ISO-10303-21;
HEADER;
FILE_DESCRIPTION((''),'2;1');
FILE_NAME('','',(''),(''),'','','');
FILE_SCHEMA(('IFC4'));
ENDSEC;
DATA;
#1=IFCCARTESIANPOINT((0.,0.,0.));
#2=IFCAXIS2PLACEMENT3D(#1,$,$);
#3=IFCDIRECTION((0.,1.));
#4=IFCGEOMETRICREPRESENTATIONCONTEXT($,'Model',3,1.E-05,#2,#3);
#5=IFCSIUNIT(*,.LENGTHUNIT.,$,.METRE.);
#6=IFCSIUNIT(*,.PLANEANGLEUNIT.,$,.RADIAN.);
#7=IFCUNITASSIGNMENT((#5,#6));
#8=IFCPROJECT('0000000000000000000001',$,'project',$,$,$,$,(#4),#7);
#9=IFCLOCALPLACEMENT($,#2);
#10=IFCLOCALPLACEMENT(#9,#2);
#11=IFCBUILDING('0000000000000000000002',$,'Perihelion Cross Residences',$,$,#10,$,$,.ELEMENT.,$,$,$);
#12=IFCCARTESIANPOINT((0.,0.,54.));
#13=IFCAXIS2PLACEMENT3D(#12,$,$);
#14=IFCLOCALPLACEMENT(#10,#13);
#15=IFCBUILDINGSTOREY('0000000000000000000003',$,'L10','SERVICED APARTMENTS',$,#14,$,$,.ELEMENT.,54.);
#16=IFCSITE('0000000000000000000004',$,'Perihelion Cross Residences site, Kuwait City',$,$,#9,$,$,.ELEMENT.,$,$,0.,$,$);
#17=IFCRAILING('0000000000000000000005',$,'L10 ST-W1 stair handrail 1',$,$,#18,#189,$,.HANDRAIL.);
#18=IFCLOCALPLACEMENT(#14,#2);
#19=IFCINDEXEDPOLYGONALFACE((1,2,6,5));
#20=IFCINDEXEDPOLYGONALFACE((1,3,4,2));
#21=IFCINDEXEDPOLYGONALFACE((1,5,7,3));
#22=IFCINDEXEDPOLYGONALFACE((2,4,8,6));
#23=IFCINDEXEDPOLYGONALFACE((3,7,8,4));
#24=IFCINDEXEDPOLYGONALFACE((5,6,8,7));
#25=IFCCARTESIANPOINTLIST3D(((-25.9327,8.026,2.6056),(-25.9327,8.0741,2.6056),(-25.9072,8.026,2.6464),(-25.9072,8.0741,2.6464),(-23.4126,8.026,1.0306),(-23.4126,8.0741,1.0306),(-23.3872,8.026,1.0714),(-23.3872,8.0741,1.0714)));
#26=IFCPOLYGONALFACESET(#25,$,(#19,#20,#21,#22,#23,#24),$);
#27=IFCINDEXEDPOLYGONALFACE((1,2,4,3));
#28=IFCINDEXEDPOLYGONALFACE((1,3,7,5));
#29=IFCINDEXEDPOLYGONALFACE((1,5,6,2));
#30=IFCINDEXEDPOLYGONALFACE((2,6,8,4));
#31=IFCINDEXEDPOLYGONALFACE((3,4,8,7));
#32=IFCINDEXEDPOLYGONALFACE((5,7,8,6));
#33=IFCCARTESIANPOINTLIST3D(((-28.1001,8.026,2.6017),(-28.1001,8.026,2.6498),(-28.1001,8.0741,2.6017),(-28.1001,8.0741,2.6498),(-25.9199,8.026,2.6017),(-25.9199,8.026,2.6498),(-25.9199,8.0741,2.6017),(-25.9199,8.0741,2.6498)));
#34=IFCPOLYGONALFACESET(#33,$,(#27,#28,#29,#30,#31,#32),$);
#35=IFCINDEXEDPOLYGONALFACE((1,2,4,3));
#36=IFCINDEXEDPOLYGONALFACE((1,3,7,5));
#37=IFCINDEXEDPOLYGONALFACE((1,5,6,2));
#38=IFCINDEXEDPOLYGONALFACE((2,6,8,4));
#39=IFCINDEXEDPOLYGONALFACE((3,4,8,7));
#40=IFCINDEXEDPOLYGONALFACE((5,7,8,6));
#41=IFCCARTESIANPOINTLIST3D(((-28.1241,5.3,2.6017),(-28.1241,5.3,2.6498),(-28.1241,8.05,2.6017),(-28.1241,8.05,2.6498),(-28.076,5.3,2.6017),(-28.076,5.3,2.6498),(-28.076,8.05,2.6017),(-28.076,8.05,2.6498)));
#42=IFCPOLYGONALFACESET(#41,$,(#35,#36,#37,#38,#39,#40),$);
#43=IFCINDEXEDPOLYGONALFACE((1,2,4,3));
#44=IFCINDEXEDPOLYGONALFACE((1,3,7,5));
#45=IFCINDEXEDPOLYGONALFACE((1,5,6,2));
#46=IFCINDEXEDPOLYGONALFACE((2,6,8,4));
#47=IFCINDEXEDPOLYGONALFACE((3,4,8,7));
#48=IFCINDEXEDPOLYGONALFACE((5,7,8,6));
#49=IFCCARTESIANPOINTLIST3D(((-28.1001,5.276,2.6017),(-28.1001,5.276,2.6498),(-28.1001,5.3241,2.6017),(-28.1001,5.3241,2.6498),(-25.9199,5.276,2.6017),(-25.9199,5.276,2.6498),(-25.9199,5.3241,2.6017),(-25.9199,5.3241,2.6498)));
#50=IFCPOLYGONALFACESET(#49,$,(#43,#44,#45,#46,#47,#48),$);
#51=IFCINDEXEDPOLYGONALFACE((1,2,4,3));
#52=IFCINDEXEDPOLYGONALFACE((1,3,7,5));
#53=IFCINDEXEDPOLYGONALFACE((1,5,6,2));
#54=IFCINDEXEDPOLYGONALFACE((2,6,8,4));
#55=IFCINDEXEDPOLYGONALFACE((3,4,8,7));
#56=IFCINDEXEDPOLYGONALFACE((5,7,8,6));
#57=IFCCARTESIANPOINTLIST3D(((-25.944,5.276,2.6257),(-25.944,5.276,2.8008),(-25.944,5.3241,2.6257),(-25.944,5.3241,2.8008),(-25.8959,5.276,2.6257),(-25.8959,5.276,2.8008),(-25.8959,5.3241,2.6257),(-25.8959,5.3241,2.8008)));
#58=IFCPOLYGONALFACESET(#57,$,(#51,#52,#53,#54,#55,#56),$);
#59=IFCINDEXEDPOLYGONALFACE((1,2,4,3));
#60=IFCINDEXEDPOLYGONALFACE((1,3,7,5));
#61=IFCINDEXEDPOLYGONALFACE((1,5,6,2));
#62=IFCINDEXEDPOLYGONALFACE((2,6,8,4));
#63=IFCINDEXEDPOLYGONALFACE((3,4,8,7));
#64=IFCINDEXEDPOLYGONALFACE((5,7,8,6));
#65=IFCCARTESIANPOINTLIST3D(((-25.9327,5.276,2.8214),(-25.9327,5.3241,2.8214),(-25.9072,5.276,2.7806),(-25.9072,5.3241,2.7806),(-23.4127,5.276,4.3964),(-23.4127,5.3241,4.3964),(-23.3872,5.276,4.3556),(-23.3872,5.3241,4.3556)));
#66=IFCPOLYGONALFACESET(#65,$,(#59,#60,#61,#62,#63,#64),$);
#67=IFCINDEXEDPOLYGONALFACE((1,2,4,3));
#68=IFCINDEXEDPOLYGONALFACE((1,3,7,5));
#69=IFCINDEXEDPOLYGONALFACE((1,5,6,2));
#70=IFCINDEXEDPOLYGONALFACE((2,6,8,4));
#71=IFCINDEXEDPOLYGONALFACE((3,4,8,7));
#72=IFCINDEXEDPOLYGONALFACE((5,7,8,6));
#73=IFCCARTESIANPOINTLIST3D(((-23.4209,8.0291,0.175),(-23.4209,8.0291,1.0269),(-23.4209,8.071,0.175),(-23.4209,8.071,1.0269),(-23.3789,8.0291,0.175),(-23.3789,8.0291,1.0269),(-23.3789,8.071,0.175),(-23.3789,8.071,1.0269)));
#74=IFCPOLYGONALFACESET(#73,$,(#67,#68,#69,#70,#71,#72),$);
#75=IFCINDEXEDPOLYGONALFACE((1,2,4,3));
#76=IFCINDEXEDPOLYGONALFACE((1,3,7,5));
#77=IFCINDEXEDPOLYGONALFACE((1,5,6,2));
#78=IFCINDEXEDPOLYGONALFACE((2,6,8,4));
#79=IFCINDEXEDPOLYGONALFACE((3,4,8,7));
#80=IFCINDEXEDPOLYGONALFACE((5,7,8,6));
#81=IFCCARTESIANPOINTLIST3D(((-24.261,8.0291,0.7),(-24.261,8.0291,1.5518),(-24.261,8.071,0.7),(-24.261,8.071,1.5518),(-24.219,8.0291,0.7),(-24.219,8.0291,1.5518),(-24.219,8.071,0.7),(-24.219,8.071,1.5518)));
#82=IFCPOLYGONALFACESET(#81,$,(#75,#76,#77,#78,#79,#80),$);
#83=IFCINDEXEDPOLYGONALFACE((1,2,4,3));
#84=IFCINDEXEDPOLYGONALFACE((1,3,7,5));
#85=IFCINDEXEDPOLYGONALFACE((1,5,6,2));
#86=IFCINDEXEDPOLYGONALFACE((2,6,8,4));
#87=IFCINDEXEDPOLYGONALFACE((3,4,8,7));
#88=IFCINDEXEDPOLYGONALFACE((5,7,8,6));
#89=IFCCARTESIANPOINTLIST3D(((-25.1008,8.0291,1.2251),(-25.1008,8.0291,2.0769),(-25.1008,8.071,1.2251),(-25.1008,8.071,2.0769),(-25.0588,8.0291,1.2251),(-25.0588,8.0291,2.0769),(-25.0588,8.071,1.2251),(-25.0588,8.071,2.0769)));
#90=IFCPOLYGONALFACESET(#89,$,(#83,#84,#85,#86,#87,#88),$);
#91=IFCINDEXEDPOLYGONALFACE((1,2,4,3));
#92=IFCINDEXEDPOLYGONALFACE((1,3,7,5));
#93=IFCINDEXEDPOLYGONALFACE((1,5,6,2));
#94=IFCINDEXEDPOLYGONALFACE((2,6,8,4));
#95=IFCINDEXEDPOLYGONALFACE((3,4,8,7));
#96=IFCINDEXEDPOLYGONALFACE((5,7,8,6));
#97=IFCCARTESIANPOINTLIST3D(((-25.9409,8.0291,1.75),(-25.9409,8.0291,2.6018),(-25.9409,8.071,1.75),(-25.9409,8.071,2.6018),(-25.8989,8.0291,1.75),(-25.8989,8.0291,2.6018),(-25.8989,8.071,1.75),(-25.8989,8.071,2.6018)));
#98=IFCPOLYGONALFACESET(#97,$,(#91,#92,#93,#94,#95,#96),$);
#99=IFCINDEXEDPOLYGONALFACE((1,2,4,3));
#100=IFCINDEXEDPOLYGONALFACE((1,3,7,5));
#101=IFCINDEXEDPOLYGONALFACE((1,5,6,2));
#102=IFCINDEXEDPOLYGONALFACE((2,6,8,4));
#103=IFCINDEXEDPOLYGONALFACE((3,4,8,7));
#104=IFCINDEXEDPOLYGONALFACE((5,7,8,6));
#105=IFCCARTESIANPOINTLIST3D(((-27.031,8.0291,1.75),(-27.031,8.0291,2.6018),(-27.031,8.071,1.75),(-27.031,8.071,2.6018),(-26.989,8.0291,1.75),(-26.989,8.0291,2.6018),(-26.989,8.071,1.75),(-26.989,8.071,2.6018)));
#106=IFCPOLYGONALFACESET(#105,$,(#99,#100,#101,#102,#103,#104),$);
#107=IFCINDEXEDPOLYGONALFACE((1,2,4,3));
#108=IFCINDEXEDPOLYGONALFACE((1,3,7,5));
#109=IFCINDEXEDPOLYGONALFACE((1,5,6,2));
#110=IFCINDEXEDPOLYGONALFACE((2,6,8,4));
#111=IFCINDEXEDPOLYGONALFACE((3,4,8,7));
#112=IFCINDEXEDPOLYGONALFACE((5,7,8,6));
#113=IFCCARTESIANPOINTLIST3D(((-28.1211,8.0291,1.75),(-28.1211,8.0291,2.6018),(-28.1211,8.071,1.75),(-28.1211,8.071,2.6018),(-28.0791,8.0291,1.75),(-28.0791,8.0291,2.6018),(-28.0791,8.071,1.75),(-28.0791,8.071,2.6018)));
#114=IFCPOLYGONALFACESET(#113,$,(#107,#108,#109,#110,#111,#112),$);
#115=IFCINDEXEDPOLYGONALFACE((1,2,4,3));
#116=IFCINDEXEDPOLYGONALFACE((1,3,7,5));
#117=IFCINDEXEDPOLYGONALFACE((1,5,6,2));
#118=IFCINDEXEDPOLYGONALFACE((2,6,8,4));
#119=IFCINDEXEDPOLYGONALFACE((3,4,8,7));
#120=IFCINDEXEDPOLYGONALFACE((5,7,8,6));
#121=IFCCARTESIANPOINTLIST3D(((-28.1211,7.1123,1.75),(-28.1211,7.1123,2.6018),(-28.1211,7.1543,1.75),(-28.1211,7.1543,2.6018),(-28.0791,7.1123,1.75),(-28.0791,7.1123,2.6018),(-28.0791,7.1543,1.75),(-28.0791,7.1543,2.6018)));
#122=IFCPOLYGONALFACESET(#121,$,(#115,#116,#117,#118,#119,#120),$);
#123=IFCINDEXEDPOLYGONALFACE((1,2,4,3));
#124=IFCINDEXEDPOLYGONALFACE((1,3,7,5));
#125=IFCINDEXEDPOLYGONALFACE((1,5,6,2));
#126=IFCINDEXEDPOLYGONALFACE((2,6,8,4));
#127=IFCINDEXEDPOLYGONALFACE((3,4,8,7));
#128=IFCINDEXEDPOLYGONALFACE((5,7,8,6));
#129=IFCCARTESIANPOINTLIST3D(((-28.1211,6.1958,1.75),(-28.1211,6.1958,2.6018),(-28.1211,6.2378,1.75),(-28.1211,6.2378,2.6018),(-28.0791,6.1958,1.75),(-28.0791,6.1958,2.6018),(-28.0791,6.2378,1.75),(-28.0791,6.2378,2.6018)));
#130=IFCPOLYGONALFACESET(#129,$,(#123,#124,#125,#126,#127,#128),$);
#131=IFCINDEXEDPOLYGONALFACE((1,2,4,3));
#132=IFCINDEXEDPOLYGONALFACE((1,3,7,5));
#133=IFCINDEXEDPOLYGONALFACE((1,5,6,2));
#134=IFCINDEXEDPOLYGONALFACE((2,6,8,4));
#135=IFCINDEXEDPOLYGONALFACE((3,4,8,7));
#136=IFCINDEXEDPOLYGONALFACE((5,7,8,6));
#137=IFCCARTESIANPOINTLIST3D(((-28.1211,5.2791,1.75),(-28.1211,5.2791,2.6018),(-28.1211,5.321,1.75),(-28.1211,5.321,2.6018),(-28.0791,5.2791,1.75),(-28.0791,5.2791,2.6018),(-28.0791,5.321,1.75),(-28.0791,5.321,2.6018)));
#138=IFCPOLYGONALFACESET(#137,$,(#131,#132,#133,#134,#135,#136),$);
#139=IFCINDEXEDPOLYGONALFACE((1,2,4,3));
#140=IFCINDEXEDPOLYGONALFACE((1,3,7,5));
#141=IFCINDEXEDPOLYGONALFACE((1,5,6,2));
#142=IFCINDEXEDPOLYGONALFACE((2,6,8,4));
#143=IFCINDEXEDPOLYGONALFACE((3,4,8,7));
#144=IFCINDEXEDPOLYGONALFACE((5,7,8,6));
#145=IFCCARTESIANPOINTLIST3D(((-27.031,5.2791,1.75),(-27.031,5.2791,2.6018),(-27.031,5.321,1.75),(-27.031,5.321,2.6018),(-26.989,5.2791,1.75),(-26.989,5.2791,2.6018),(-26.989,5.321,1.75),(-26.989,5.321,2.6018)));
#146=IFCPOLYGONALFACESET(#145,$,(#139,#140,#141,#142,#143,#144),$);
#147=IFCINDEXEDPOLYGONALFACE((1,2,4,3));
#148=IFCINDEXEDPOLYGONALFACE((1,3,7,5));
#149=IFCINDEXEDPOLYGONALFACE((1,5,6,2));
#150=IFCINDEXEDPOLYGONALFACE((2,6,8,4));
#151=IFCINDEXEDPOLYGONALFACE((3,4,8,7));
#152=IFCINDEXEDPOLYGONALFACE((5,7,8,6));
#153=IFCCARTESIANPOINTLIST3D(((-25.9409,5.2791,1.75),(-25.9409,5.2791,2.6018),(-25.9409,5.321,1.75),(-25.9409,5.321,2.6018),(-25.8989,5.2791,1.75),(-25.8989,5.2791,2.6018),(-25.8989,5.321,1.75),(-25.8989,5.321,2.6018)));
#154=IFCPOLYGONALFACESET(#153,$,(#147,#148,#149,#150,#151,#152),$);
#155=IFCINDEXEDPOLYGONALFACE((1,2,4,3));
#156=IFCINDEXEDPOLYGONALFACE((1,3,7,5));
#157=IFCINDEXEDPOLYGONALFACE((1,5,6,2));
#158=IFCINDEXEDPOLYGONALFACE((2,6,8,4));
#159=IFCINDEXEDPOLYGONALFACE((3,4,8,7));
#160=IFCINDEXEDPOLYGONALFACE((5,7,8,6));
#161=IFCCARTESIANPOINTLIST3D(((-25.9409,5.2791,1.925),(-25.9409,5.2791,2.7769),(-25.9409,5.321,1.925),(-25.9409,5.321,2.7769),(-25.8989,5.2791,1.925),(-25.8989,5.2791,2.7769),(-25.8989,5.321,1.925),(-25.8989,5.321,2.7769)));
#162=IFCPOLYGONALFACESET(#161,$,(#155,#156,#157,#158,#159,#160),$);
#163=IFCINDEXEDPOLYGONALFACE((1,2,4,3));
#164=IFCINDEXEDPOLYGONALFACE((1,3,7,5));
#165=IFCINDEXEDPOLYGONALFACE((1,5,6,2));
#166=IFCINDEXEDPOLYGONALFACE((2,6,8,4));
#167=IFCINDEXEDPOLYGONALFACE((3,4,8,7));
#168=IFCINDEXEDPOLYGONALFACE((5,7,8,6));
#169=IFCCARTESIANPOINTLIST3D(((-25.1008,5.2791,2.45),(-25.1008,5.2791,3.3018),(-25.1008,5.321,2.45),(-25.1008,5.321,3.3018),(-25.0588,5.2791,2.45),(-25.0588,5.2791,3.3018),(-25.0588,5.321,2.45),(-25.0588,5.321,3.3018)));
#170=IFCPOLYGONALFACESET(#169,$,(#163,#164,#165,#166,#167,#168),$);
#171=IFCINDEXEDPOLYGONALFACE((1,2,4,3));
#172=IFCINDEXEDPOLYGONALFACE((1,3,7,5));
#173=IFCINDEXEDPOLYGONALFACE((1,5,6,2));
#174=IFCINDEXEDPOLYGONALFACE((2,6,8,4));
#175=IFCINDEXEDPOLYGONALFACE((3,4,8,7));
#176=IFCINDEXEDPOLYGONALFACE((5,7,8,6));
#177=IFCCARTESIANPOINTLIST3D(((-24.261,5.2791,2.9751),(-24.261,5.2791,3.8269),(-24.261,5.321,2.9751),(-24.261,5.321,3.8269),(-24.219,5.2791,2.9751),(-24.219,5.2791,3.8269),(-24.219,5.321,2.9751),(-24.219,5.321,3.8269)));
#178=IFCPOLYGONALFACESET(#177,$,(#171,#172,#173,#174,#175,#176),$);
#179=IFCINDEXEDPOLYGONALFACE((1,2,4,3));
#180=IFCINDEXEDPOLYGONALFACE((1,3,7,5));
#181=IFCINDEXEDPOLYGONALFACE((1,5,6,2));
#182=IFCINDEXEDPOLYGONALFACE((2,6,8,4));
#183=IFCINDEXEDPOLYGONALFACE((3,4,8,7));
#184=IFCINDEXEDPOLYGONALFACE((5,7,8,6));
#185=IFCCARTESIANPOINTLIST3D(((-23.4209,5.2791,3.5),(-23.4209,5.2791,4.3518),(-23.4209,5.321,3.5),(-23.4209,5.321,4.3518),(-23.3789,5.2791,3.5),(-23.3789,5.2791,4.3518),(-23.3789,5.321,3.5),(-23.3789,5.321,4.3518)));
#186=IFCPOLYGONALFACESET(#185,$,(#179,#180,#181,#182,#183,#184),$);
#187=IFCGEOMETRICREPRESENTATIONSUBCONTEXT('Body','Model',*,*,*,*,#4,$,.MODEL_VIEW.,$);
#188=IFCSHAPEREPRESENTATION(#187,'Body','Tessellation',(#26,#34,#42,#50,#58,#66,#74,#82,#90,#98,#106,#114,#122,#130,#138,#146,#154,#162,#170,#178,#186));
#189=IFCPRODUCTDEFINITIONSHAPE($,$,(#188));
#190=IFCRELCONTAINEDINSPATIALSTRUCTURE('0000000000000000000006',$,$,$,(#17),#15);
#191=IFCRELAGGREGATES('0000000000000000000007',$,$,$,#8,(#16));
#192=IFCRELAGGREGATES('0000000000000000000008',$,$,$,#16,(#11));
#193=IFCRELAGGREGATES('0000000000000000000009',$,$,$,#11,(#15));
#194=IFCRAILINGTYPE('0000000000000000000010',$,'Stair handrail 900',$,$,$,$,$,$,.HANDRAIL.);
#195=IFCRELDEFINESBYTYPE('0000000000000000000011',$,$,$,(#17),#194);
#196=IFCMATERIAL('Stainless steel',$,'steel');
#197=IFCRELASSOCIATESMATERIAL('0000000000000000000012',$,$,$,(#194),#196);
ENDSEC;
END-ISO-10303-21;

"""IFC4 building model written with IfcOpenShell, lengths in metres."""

from ifc_helpers import new_model, si_unit, direction, frame, origin, origin_2d, place, context, subcontext, project, spatial, rectangle, extrude, material, type_object, element, save


model = new_model("IFC4")

# Units and contexts
model_context = context("Model", 3, precision=1e-05, world=origin(), true_north=direction((0.0, 1.0)))
body_context = subcontext(model_context, "Body", "Model", "MODEL_VIEW")
ifc_project = project(units=[si_unit("LENGTHUNIT", "METRE"), si_unit("PLANEANGLEUNIT", "RADIAN")], contexts=[model_context])

# Site, building, storey
site_placement = place(None, origin())
site = spatial("IfcSite", under=ifc_project, at=site_placement, Name="Perihelion Cross Residences site, Kuwait City", CompositionType="ELEMENT", RefElevation=0.0)
building_placement = place(site_placement, origin())
building = spatial("IfcBuilding", under=site, at=building_placement, Name="Perihelion Cross Residences", CompositionType="ELEMENT")
storey_placement = place(building_placement, frame((0.0, 0.0, 54.0)))
storey = spatial("IfcBuildingStorey", under=building, at=storey_placement, Name="L10", Description="SERVICED APARTMENTS", CompositionType="ELEMENT", Elevation=54.0)

# Railing
ifc_material_1 = material(Name="Stainless steel", Category="steel")
railing_type_1 = type_object("IfcRailingType", Name="Stair handrail 900", PredefinedType="HANDRAIL", material=ifc_material_1)
railing_1_placement = place(storey_placement, frame((-23.3999, 8.05, 0.175)))
element("IfcRailing", 1, at=railing_1_placement, inside=storey, type_object=railing_type_1, Name="L10 ST-W1 stair handrail 1", PredefinedType="HANDRAIL", context=body_context, shape_type="SweptSolid", body=[
    extrude(rectangle(XDim=0.0481, YDim=0.0481, at=origin_2d()), frame((0.0, 0.0, 0.876), z_axis=(-0.848008, 0.0, 0.529984), x_axis=(0.0, -1.0, 0.0)), (0.0, 0.0, 1.0), 2.9717),
    extrude(rectangle(XDim=0.0481, YDim=0.0481, at=origin_2d()), frame((-2.52, 0.0, 2.4507), z_axis=(-1.0, 0.0, 0.0), x_axis=(0.0, -1.0, 0.0)), (0.0, 0.0, 1.0), 2.1802),
    extrude(rectangle(XDim=0.0481, YDim=0.0481, at=origin_2d()), frame((-4.7002, 0.0, 2.4507), z_axis=(0.0, -1.0, 0.0), x_axis=(1.0, 0.0, 0.0)), (0.0, 0.0, 1.0), 2.75),
    extrude(rectangle(XDim=0.0481, YDim=0.0481, at=origin_2d()), frame((-4.7002, -2.75, 2.4507), z_axis=(1.0, 0.0, 0.0), x_axis=(0.0, 1.0, 0.0)), (0.0, 0.0, 1.0), 2.1802),
    extrude(rectangle(XDim=0.0481, YDim=0.0481, at=origin_2d()), frame((-2.52, -2.75, 2.4507), z_axis=(0.0, 0.0, 1.0), x_axis=(1.0, 0.0, 0.0)), (0.0, 0.0, 1.0), 0.175),
    extrude(rectangle(XDim=0.0481, YDim=0.0481, at=origin_2d()), frame((-2.52, -2.75, 2.626), z_axis=(0.848008, 0.0, 0.529984), x_axis=(0.0, 1.0, 0.0)), (0.0, 0.0, 1.0), 2.9717),
    extrude(rectangle(XDim=0.042, YDim=0.042, at=origin_2d()), origin(), (0.0, 0.0, 1.0), 0.8518),
    extrude(rectangle(XDim=0.042, YDim=0.042, at=origin_2d()), frame((-0.8401, 0.0, 0.5249)), (0.0, 0.0, 1.0), 0.8518),
    extrude(rectangle(XDim=0.042, YDim=0.042, at=origin_2d()), frame((-1.6799, 0.0, 1.05)), (0.0, 0.0, 1.0), 0.8518),
    extrude(rectangle(XDim=0.042, YDim=0.042, at=origin_2d()), frame((-2.52, 0.0, 1.575)), (0.0, 0.0, 1.0), 0.8518),
    extrude(rectangle(XDim=0.042, YDim=0.042, at=origin_2d()), frame((-3.6101, 0.0, 1.575)), (0.0, 0.0, 1.0), 0.8518),
    extrude(rectangle(XDim=0.042, YDim=0.042, at=origin_2d()), frame((-4.7002, 0.0, 1.575)), (0.0, 0.0, 1.0), 0.8518),
    extrude(rectangle(XDim=0.042, YDim=0.042, at=origin_2d()), frame((-4.7002, -0.9167, 1.575)), (0.0, 0.0, 1.0), 0.8518),
    extrude(rectangle(XDim=0.042, YDim=0.042, at=origin_2d()), frame((-4.7002, -1.8333, 1.575)), (0.0, 0.0, 1.0), 0.8518),
    extrude(rectangle(XDim=0.042, YDim=0.042, at=origin_2d()), frame((-4.7002, -2.75, 1.575)), (0.0, 0.0, 1.0), 0.8518),
    extrude(rectangle(XDim=0.042, YDim=0.042, at=origin_2d()), frame((-3.6101, -2.75, 1.575)), (0.0, 0.0, 1.0), 0.8518),
    extrude(rectangle(XDim=0.042, YDim=0.042, at=origin_2d()), frame((-2.52, -2.75, 1.575)), (0.0, 0.0, 1.0), 0.8518),
    extrude(rectangle(XDim=0.042, YDim=0.042, at=origin_2d()), frame((-2.52, -2.75, 1.75)), (0.0, 0.0, 1.0), 0.8518),
    extrude(rectangle(XDim=0.042, YDim=0.042, at=origin_2d()), frame((-1.6799, -2.75, 2.2749)), (0.0, 0.0, 1.0), 0.8518),
    extrude(rectangle(XDim=0.042, YDim=0.042, at=origin_2d()), frame((-0.8401, -2.75, 2.8)), (0.0, 0.0, 1.0), 0.8518),
    extrude(rectangle(XDim=0.042, YDim=0.042, at=origin_2d()), frame((0.0, -2.75, 3.325)), (0.0, 0.0, 1.0), 0.8518),
])

save(model, "model.ifc")
